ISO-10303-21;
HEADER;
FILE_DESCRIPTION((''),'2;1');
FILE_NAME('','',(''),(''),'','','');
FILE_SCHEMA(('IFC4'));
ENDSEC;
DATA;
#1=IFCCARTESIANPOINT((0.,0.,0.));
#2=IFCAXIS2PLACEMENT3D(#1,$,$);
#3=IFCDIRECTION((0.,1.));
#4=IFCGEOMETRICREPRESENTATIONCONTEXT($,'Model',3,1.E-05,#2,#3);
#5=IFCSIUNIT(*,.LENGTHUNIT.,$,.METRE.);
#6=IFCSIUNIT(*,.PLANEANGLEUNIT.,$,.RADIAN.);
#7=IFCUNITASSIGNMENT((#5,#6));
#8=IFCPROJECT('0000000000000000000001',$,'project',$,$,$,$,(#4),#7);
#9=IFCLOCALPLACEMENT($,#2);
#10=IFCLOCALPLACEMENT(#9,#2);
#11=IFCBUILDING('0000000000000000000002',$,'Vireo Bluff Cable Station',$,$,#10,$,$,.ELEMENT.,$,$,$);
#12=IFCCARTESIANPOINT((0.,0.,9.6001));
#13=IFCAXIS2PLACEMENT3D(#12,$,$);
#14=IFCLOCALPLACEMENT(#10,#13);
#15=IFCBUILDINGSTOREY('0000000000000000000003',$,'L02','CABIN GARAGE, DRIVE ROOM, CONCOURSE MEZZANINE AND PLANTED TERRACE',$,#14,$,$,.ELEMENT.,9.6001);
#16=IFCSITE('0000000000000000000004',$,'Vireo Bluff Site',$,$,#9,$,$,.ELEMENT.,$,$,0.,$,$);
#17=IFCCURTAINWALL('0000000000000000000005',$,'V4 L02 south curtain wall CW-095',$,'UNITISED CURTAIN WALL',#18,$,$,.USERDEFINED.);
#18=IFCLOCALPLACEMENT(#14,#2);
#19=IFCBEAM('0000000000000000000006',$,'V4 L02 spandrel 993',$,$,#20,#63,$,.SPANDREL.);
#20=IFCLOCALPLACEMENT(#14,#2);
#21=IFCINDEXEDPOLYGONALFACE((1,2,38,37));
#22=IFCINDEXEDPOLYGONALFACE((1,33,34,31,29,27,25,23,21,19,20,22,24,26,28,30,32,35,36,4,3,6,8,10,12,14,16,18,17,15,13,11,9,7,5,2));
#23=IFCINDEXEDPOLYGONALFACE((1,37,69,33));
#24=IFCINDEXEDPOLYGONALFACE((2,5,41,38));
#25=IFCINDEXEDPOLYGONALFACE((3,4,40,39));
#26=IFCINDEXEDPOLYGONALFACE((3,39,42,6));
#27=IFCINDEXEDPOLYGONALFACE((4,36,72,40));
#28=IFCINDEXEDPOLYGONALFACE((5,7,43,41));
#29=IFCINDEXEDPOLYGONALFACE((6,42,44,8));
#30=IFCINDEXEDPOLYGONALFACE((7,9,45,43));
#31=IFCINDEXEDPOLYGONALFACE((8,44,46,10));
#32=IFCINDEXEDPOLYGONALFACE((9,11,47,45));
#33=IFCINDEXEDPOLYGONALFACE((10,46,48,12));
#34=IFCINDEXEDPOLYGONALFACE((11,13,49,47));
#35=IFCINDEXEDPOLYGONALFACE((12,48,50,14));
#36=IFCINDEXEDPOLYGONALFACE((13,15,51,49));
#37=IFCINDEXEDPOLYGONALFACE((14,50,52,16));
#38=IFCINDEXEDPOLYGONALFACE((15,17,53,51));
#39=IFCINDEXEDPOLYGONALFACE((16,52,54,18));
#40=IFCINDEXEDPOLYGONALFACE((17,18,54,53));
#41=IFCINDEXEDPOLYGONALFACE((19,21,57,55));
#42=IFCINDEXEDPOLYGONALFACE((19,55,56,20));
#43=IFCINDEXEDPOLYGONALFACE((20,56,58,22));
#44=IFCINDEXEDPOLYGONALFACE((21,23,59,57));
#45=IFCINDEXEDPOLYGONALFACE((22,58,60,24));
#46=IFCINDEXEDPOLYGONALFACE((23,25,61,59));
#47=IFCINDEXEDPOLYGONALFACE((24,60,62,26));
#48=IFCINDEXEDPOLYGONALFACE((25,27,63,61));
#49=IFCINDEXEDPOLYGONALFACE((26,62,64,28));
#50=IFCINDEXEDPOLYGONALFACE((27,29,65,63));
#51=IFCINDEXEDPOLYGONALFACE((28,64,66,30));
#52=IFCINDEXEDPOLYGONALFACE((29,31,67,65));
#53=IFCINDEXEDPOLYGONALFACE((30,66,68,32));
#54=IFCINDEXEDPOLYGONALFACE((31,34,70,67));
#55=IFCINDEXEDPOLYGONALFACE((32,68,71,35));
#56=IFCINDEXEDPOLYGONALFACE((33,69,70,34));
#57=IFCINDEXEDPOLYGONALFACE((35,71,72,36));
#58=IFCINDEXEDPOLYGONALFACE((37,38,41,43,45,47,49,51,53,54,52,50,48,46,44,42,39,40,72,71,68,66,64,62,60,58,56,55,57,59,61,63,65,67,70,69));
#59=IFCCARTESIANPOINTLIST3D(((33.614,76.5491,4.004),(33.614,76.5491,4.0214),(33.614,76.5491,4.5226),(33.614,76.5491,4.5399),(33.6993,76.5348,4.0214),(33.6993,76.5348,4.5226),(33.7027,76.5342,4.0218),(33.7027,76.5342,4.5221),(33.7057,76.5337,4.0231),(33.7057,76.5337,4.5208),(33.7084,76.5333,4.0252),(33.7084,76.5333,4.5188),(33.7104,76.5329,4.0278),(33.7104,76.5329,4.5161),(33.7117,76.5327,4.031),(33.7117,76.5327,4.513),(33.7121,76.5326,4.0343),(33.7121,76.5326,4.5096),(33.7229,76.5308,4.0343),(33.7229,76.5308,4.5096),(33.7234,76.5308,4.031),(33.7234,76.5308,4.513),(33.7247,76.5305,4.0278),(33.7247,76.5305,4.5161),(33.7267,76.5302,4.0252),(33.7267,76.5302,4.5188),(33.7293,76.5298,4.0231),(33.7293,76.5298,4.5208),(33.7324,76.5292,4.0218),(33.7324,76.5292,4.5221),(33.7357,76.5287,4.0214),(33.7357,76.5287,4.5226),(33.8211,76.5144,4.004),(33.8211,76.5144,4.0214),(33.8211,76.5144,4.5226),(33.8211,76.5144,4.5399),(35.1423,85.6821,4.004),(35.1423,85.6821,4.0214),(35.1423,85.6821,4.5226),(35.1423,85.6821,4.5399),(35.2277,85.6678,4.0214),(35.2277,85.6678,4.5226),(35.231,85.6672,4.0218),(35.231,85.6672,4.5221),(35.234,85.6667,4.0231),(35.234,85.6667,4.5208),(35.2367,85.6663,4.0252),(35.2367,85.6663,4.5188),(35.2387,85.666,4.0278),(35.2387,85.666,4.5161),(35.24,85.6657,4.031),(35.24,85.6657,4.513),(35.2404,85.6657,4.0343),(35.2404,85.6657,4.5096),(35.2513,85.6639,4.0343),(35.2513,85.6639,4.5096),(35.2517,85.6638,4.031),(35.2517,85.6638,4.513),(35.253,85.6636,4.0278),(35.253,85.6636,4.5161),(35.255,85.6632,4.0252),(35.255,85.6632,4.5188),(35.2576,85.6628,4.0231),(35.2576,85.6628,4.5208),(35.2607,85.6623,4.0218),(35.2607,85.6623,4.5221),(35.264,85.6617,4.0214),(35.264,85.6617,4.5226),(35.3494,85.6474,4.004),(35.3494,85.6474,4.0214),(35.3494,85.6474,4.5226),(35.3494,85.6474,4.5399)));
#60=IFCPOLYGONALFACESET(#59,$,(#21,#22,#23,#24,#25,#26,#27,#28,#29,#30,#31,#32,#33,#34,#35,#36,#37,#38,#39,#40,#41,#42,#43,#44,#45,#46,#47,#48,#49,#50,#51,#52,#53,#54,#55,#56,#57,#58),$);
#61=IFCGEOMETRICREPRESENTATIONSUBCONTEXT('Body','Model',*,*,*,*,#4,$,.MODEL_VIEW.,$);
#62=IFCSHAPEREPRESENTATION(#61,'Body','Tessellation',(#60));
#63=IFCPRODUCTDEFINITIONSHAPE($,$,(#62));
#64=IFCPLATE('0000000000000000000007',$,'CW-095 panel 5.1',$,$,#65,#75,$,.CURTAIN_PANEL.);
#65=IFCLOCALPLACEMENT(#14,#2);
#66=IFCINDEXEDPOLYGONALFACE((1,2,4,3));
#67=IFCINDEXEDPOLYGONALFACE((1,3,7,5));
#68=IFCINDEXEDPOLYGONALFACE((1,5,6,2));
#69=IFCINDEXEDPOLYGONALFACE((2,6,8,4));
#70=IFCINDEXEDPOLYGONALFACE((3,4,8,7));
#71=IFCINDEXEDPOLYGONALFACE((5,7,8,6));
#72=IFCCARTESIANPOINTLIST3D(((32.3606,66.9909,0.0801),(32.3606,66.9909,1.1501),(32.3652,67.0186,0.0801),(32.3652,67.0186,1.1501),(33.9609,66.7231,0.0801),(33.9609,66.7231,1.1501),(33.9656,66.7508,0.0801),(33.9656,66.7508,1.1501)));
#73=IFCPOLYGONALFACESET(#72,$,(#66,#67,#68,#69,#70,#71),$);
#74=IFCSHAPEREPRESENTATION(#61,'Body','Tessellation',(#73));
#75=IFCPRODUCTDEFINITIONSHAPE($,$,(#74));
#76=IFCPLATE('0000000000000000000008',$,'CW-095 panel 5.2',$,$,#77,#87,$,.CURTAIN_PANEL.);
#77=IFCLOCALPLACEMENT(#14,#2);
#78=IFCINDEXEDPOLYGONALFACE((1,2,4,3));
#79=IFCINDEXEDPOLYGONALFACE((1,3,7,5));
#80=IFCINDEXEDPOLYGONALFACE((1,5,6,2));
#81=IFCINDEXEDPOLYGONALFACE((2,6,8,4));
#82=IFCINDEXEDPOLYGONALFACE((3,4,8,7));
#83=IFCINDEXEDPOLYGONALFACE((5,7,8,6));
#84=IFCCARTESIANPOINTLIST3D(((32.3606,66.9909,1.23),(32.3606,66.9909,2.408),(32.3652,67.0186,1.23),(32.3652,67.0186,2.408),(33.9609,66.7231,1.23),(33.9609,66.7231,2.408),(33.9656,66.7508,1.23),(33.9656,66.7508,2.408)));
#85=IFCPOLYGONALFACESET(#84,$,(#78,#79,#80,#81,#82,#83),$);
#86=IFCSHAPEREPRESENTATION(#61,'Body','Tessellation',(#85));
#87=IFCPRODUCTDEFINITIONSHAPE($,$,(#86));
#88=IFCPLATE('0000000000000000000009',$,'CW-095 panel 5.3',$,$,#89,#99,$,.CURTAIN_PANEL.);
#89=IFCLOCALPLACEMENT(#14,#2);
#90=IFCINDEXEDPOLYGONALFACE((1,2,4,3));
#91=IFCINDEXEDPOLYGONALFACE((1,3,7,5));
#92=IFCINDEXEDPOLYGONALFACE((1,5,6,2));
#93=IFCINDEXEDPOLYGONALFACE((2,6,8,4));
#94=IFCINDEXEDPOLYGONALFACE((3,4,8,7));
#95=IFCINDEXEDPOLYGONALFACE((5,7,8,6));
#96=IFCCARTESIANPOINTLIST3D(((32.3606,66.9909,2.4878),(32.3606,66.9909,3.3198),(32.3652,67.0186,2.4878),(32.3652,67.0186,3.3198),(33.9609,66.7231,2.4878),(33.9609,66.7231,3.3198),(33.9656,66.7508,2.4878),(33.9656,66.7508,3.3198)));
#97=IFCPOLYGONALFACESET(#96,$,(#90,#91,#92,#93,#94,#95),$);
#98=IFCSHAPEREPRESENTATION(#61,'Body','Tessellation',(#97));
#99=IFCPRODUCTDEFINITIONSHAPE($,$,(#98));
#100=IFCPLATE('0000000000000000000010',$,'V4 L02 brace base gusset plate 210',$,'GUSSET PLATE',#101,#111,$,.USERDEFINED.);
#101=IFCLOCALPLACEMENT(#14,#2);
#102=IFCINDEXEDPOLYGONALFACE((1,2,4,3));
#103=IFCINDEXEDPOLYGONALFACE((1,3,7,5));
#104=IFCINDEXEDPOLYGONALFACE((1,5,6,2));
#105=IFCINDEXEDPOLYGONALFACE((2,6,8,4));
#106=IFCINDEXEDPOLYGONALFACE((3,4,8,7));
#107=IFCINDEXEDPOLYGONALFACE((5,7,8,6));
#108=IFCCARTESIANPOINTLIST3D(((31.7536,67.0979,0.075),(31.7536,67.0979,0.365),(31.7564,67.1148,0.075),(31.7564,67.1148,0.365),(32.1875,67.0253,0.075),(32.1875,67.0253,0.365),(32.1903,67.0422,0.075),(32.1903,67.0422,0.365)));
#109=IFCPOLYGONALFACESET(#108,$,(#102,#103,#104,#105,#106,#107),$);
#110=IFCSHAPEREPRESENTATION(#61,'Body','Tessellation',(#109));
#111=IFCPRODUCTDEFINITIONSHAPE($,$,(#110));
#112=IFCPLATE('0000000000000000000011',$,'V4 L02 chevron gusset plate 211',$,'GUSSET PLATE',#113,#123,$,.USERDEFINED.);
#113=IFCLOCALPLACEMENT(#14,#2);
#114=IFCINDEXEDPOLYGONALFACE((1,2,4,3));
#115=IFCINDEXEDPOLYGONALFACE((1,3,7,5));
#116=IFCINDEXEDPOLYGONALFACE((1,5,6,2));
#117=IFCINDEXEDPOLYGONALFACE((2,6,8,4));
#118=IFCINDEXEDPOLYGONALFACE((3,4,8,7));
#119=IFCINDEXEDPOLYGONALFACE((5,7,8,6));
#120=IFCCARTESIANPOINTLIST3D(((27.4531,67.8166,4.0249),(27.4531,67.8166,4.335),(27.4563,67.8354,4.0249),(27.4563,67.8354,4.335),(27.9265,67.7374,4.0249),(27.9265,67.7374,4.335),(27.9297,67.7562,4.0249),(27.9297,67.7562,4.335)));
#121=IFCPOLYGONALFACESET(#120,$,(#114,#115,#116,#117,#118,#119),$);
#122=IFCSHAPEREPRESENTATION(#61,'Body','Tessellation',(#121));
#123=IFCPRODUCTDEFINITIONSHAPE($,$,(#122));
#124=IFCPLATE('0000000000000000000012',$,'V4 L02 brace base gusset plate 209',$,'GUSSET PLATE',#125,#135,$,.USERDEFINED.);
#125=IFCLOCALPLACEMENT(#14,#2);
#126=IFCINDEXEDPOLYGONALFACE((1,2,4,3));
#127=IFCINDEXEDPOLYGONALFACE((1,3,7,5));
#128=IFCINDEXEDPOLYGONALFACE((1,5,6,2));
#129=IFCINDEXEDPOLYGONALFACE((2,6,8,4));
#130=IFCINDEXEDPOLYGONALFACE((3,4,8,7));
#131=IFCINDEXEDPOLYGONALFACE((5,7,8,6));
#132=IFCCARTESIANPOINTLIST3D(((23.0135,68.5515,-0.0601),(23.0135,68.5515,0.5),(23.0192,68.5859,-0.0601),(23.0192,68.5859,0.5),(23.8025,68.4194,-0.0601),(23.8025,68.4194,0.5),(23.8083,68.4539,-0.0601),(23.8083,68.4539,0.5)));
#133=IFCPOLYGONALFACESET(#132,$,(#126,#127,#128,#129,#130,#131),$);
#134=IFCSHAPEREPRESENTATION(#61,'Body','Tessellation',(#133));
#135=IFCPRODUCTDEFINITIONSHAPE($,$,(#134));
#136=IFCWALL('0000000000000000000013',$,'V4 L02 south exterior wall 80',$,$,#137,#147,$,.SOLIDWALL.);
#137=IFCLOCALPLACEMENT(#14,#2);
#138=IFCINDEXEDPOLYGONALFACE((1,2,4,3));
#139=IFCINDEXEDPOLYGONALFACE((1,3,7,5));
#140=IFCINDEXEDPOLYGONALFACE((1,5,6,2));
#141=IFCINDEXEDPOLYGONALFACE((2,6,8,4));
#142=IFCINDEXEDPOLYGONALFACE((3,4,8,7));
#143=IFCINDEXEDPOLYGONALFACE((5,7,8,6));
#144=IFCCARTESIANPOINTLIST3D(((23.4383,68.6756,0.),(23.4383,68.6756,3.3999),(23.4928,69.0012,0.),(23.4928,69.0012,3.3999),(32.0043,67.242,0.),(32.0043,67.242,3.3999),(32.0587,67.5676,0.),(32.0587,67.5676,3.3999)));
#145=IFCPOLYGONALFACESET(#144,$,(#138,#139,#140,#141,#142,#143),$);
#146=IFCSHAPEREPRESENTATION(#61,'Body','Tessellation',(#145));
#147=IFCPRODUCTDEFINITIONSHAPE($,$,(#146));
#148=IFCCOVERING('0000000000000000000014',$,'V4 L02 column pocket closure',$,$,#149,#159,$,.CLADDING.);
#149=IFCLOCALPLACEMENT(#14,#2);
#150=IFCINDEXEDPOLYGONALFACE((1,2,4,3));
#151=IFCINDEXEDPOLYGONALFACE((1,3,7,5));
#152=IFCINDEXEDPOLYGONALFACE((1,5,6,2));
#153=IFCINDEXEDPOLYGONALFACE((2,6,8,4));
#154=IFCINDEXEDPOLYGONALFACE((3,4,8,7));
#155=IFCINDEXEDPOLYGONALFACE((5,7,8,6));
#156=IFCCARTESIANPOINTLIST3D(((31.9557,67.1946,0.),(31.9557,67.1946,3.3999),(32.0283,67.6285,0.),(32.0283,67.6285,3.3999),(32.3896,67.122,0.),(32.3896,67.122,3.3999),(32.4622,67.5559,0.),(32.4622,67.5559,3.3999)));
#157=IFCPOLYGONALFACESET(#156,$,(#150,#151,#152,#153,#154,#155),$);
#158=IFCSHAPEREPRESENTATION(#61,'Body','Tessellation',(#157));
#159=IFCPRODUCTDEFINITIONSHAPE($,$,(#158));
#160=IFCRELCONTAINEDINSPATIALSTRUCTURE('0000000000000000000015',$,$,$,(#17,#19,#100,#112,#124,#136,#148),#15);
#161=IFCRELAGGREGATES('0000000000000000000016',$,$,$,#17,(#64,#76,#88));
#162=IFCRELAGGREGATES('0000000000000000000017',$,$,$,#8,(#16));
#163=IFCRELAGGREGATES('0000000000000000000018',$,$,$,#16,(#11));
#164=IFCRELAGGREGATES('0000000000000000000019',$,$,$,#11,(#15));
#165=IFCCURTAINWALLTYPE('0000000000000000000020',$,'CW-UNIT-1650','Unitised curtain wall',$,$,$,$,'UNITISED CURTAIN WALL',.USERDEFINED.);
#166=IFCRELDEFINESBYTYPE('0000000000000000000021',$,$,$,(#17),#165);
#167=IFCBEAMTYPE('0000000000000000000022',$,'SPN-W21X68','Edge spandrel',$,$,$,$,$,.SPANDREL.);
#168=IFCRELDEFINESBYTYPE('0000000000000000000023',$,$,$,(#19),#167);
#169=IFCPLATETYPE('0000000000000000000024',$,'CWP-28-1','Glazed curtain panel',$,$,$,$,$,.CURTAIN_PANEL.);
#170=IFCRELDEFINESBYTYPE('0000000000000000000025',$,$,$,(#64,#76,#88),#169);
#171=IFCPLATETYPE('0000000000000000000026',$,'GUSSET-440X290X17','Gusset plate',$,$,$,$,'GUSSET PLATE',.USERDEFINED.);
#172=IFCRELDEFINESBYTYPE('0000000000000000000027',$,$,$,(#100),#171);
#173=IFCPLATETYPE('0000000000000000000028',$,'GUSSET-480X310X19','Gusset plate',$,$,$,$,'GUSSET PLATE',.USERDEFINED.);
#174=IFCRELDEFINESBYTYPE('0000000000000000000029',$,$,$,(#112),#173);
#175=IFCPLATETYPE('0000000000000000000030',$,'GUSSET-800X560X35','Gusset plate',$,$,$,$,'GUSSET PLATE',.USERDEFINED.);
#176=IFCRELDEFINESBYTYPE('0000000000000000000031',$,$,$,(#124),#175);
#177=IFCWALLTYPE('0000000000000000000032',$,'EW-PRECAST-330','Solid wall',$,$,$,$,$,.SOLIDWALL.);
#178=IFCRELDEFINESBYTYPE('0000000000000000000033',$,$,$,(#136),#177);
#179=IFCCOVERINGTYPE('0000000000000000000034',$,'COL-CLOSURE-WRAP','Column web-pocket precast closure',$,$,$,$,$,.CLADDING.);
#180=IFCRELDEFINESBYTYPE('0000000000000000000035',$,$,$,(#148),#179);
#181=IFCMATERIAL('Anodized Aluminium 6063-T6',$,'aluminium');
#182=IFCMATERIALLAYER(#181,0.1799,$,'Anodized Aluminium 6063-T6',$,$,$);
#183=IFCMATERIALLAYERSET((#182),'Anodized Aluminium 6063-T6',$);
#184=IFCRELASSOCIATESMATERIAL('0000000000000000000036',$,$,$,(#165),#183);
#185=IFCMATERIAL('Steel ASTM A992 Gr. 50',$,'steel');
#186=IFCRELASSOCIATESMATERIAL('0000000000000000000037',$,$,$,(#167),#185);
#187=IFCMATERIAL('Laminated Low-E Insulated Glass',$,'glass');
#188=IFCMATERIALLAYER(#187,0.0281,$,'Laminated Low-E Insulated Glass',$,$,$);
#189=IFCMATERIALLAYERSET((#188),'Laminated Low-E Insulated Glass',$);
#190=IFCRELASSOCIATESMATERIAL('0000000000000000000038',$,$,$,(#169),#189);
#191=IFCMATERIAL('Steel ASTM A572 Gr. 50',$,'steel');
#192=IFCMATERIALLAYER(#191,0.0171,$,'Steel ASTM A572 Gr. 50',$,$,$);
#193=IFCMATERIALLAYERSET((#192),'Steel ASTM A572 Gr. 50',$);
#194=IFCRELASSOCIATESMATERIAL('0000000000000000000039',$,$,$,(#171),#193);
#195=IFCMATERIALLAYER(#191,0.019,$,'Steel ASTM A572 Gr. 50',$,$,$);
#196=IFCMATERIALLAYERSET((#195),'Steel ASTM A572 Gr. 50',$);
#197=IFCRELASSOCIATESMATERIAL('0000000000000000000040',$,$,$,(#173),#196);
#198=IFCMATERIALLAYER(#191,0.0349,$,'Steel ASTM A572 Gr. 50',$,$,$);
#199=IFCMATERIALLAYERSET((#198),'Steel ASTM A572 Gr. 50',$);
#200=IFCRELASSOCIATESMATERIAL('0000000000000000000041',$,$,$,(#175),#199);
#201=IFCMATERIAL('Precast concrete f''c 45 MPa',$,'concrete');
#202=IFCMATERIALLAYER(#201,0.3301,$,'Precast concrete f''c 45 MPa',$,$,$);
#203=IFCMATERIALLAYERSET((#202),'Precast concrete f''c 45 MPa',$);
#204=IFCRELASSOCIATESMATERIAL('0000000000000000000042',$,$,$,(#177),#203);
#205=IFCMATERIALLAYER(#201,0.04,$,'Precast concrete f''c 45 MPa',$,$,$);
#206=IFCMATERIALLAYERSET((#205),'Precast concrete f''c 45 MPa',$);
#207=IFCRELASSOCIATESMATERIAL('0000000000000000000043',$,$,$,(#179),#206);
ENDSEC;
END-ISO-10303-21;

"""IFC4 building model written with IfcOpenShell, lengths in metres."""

from ifc_helpers import new_model, si_unit, direction, frame, frame_2d, origin, origin_2d, place, context, subcontext, project, spatial, rectangle, i_section, extrude, material, layer, layer_set, material_profile, profile_set, type_object, element, aggregate, save


model = new_model("IFC4")

# Units and contexts
model_context = context("Model", 3, precision=1e-05, world=origin(), true_north=direction((0.0, 1.0)))
body_context = subcontext(model_context, "Body", "Model", "MODEL_VIEW")
ifc_project = project(units=[si_unit("LENGTHUNIT", "METRE"), si_unit("PLANEANGLEUNIT", "RADIAN")], contexts=[model_context])

# Site, building, storey
site_placement = place(None, origin())
site = spatial("IfcSite", under=ifc_project, at=site_placement, Name="Vireo Bluff Site", CompositionType="ELEMENT", RefElevation=0.0)
building_placement = place(site_placement, origin())
building = spatial("IfcBuilding", under=site, at=building_placement, Name="Vireo Bluff Cable Station", CompositionType="ELEMENT")
storey_placement = place(building_placement, frame((0.0, 0.0, 9.6001)))
storey = spatial("IfcBuildingStorey", under=building, at=storey_placement, Name="L02", Description="CABIN GARAGE, DRIVE ROOM, CONCOURSE MEZZANINE AND PLANTED TERRACE", CompositionType="ELEMENT", Elevation=9.6001)

# Shared definitions
ifc_material_1 = material(Name="Steel ASTM A992 Gr. 50", Category="steel")

# Curtain wall
ifc_material_2 = material(Name="Anodized Aluminium 6063-T6", Category="aluminium")
ifc_layer_1 = layer(ifc_material_2, 0.1799, Name="Anodized Aluminium 6063-T6")
ifc_layer_set_1 = layer_set([ifc_layer_1], Name="Anodized Aluminium 6063-T6")
curtain_wall_type = type_object("IfcCurtainWallType", Name="CW-UNIT-1650", Description="Unitised curtain wall", ElementType="UNITISED CURTAIN WALL", PredefinedType="USERDEFINED", material=ifc_layer_set_1)
curtain_wall_placement = place(storey_placement, origin())
curtain_wall = element("IfcCurtainWall", 1, at=curtain_wall_placement, inside=storey, type_object=curtain_wall_type, Name="V4 L02 south curtain wall CW-095", ObjectType="UNITISED CURTAIN WALL", PredefinedType="USERDEFINED")

# Beam
ifc_material_profile_1 = material_profile(ifc_material_1, i_section(OverallWidth=0.21, OverallDepth=0.5359, WebThickness=0.011, FlangeThickness=0.0173, FilletRadius=0.0129, at=origin_2d()), Name="W21X68")
ifc_profile_set_1 = profile_set([ifc_material_profile_1], Name="Steel ASTM A992 Gr. 50")
beam_type_1 = type_object("IfcBeamType", Name="SPN-W21X68", Description="Edge spandrel", PredefinedType="SPANDREL", material=ifc_profile_set_1)
beam_1_placement = place(storey_placement, frame((33.7175, 76.5317, 4.272), z_axis=(0.165045, 0.986286, 0.0), x_axis=(-0.986286, 0.165045, 0.0)))
element("IfcBeam", 2, at=beam_1_placement, inside=storey, type_object=beam_type_1, Name="V4 L02 spandrel 993", PredefinedType="SPANDREL", context=body_context, shape_type="SweptSolid", body=[
    extrude(i_section(OverallWidth=0.21, OverallDepth=0.5359, WebThickness=0.011, FlangeThickness=0.0173, FilletRadius=0.0129, at=origin_2d()), origin(), (0.0, 0.0, 1.0), 9.26),
])

# Plates
ifc_material_3 = material(Name="Laminated Low-E Insulated Glass", Category="glass")
ifc_layer_2 = layer(ifc_material_3, 0.0281, Name="Laminated Low-E Insulated Glass")
ifc_layer_set_2 = layer_set([ifc_layer_2], Name="Laminated Low-E Insulated Glass")
plate_type_1 = type_object("IfcPlateType", Name="CWP-28-1", Description="Glazed curtain panel", PredefinedType="CURTAIN_PANEL", material=ifc_layer_set_2)
plate_1_placement = place(storey_placement, frame((33.1631, 66.8708, 0.0801), z_axis=(0.0, 0.0, 1.0), x_axis=(-0.986286, 0.165048, 0.0)))
plate_1 = element("IfcPlate", 3, at=plate_1_placement, type_object=plate_type_1, Name="CW-095 panel 5.1", PredefinedType="CURTAIN_PANEL", context=body_context, shape_type="SweptSolid", body=[
    extrude(rectangle(XDim=1.6226, YDim=0.0281, at=origin_2d()), origin(), (0.0, 0.0, 1.0), 1.0701),
])
plate_2_placement = place(storey_placement, frame((33.1631, 66.8708, 1.23), z_axis=(0.0, 0.0, 1.0), x_axis=(-0.986286, 0.165048, 0.0)))
plate_2 = element("IfcPlate", 4, at=plate_2_placement, type_object=plate_type_1, Name="CW-095 panel 5.2", PredefinedType="CURTAIN_PANEL", context=body_context, shape_type="SweptSolid", body=[
    extrude(rectangle(XDim=1.6226, YDim=0.0281, at=origin_2d()), origin(), (0.0, 0.0, 1.0), 1.178),
])
plate_3_placement = place(storey_placement, frame((33.1631, 66.8708, 2.4878), z_axis=(0.0, 0.0, 1.0), x_axis=(-0.986286, 0.165048, 0.0)))
plate_3 = element("IfcPlate", 5, at=plate_3_placement, type_object=plate_type_1, Name="CW-095 panel 5.3", PredefinedType="CURTAIN_PANEL", context=body_context, shape_type="SweptSolid", body=[
    extrude(rectangle(XDim=1.6226, YDim=0.0281, at=origin_2d()), origin(), (0.0, 0.0, 1.0), 0.832),
])
aggregate(curtain_wall, [plate_1, plate_2, plate_3])

# Plates
ifc_material_4 = material(Name="Steel ASTM A572 Gr. 50", Category="steel")
ifc_layer_3 = layer(ifc_material_4, 0.0171, Name="Steel ASTM A572 Gr. 50")
ifc_layer_set_3 = layer_set([ifc_layer_3], Name="Steel ASTM A572 Gr. 50")
plate_type_2 = type_object("IfcPlateType", Name="GUSSET-440X290X17", Description="Gusset plate", ElementType="GUSSET PLATE", PredefinedType="USERDEFINED", material=ifc_layer_set_3)
plate_4_placement = place(storey_placement, frame((31.9719, 67.0701, 0.075), z_axis=(0.0, 0.0, 1.0), x_axis=(0.986286, -0.165048, 0.0)))
element("IfcPlate", 6, at=plate_4_placement, inside=storey, type_object=plate_type_2, Name="V4 L02 brace base gusset plate 210", ObjectType="GUSSET PLATE", PredefinedType="USERDEFINED", context=body_context, shape_type="SweptSolid", body=[
    extrude(rectangle(XDim=0.4399, YDim=0.0171, at=origin_2d()), origin(), (0.0, 0.0, 1.0), 0.29),
])
ifc_layer_4 = layer(ifc_material_4, 0.019, Name="Steel ASTM A572 Gr. 50")
ifc_layer_set_4 = layer_set([ifc_layer_4], Name="Steel ASTM A572 Gr. 50")
plate_type_3 = type_object("IfcPlateType", Name="GUSSET-480X310X19", Description="Gusset plate", ElementType="GUSSET PLATE", PredefinedType="USERDEFINED", material=ifc_layer_set_4)
plate_5_placement = place(storey_placement, frame((27.6914, 67.7864, 4.0249), z_axis=(0.0, 0.0, 1.0), x_axis=(0.986286, -0.165048, 0.0)))
element("IfcPlate", 7, at=plate_5_placement, inside=storey, type_object=plate_type_3, Name="V4 L02 chevron gusset plate 211", ObjectType="GUSSET PLATE", PredefinedType="USERDEFINED", context=body_context, shape_type="SweptSolid", body=[
    extrude(rectangle(XDim=0.48, YDim=0.019, at=origin_2d()), origin(), (0.0, 0.0, 1.0), 0.3101),
])
ifc_layer_5 = layer(ifc_material_4, 0.0349, Name="Steel ASTM A572 Gr. 50")
ifc_layer_set_5 = layer_set([ifc_layer_5], Name="Steel ASTM A572 Gr. 50")
plate_type_4 = type_object("IfcPlateType", Name="GUSSET-800X560X35", Description="Gusset plate", ElementType="GUSSET PLATE", PredefinedType="USERDEFINED", material=ifc_layer_set_5)
plate_6_placement = place(storey_placement, frame((23.4109, 68.5027, -0.0601), z_axis=(0.0, 0.0, 1.0), x_axis=(0.986286, -0.165048, 0.0)))
element("IfcPlate", 8, at=plate_6_placement, inside=storey, type_object=plate_type_4, Name="V4 L02 brace base gusset plate 209", ObjectType="GUSSET PLATE", PredefinedType="USERDEFINED", context=body_context, shape_type="SweptSolid", body=[
    extrude(rectangle(XDim=0.8, YDim=0.0349, at=origin_2d()), origin(), (0.0, 0.0, 1.0), 0.5601),
])

# Wall
ifc_material_5 = material(Name="Precast concrete f'c 45 MPa", Category="concrete")
ifc_layer_6 = layer(ifc_material_5, 0.3301, Name="Precast concrete f'c 45 MPa")
ifc_layer_set_6 = layer_set([ifc_layer_6], Name="Precast concrete f'c 45 MPa")
wall_type = type_object("IfcWallType", Name="EW-PRECAST-330", Description="Solid wall", PredefinedType="SOLIDWALL", material=ifc_layer_set_6)
wall_placement = place(storey_placement, frame((32.0315, 67.4048, 0.0), z_axis=(0.0, 0.0, 1.0), x_axis=(-0.986283, 0.165064, 0.0)))
element("IfcWall", 9, at=wall_placement, inside=storey, type_object=wall_type, Name="V4 L02 south exterior wall 80", PredefinedType="SOLIDWALL", context=body_context, shape_type="SweptSolid", body=[
    extrude(rectangle(XDim=8.6851, YDim=0.3301, at=frame_2d((4.3425, 0.0))), origin(), (0.0, 0.0, 1.0), 3.3999),
])

# Covering
ifc_layer_7 = layer(ifc_material_5, 0.04, Name="Precast concrete f'c 45 MPa")
ifc_layer_set_7 = layer_set([ifc_layer_7], Name="Precast concrete f'c 45 MPa")
covering_type = type_object("IfcCoveringType", Name="COL-CLOSURE-WRAP", Description="Column web-pocket precast closure", PredefinedType="CLADDING", material=ifc_layer_set_7)
covering_placement = place(storey_placement, frame((32.209, 67.3752, 0.0), z_axis=(0.0, 0.0, 1.0), x_axis=(0.986286, -0.165048, 0.0)))
element("IfcCovering", 10, at=covering_placement, inside=storey, type_object=covering_type, Name="V4 L02 column pocket closure", PredefinedType="CLADDING", context=body_context, shape_type="SweptSolid", body=[
    extrude(rectangle(XDim=0.4399, YDim=0.4399, at=origin_2d()), origin(), (0.0, 0.0, 1.0), 3.3999),
])

save(model, "model.ifc")
